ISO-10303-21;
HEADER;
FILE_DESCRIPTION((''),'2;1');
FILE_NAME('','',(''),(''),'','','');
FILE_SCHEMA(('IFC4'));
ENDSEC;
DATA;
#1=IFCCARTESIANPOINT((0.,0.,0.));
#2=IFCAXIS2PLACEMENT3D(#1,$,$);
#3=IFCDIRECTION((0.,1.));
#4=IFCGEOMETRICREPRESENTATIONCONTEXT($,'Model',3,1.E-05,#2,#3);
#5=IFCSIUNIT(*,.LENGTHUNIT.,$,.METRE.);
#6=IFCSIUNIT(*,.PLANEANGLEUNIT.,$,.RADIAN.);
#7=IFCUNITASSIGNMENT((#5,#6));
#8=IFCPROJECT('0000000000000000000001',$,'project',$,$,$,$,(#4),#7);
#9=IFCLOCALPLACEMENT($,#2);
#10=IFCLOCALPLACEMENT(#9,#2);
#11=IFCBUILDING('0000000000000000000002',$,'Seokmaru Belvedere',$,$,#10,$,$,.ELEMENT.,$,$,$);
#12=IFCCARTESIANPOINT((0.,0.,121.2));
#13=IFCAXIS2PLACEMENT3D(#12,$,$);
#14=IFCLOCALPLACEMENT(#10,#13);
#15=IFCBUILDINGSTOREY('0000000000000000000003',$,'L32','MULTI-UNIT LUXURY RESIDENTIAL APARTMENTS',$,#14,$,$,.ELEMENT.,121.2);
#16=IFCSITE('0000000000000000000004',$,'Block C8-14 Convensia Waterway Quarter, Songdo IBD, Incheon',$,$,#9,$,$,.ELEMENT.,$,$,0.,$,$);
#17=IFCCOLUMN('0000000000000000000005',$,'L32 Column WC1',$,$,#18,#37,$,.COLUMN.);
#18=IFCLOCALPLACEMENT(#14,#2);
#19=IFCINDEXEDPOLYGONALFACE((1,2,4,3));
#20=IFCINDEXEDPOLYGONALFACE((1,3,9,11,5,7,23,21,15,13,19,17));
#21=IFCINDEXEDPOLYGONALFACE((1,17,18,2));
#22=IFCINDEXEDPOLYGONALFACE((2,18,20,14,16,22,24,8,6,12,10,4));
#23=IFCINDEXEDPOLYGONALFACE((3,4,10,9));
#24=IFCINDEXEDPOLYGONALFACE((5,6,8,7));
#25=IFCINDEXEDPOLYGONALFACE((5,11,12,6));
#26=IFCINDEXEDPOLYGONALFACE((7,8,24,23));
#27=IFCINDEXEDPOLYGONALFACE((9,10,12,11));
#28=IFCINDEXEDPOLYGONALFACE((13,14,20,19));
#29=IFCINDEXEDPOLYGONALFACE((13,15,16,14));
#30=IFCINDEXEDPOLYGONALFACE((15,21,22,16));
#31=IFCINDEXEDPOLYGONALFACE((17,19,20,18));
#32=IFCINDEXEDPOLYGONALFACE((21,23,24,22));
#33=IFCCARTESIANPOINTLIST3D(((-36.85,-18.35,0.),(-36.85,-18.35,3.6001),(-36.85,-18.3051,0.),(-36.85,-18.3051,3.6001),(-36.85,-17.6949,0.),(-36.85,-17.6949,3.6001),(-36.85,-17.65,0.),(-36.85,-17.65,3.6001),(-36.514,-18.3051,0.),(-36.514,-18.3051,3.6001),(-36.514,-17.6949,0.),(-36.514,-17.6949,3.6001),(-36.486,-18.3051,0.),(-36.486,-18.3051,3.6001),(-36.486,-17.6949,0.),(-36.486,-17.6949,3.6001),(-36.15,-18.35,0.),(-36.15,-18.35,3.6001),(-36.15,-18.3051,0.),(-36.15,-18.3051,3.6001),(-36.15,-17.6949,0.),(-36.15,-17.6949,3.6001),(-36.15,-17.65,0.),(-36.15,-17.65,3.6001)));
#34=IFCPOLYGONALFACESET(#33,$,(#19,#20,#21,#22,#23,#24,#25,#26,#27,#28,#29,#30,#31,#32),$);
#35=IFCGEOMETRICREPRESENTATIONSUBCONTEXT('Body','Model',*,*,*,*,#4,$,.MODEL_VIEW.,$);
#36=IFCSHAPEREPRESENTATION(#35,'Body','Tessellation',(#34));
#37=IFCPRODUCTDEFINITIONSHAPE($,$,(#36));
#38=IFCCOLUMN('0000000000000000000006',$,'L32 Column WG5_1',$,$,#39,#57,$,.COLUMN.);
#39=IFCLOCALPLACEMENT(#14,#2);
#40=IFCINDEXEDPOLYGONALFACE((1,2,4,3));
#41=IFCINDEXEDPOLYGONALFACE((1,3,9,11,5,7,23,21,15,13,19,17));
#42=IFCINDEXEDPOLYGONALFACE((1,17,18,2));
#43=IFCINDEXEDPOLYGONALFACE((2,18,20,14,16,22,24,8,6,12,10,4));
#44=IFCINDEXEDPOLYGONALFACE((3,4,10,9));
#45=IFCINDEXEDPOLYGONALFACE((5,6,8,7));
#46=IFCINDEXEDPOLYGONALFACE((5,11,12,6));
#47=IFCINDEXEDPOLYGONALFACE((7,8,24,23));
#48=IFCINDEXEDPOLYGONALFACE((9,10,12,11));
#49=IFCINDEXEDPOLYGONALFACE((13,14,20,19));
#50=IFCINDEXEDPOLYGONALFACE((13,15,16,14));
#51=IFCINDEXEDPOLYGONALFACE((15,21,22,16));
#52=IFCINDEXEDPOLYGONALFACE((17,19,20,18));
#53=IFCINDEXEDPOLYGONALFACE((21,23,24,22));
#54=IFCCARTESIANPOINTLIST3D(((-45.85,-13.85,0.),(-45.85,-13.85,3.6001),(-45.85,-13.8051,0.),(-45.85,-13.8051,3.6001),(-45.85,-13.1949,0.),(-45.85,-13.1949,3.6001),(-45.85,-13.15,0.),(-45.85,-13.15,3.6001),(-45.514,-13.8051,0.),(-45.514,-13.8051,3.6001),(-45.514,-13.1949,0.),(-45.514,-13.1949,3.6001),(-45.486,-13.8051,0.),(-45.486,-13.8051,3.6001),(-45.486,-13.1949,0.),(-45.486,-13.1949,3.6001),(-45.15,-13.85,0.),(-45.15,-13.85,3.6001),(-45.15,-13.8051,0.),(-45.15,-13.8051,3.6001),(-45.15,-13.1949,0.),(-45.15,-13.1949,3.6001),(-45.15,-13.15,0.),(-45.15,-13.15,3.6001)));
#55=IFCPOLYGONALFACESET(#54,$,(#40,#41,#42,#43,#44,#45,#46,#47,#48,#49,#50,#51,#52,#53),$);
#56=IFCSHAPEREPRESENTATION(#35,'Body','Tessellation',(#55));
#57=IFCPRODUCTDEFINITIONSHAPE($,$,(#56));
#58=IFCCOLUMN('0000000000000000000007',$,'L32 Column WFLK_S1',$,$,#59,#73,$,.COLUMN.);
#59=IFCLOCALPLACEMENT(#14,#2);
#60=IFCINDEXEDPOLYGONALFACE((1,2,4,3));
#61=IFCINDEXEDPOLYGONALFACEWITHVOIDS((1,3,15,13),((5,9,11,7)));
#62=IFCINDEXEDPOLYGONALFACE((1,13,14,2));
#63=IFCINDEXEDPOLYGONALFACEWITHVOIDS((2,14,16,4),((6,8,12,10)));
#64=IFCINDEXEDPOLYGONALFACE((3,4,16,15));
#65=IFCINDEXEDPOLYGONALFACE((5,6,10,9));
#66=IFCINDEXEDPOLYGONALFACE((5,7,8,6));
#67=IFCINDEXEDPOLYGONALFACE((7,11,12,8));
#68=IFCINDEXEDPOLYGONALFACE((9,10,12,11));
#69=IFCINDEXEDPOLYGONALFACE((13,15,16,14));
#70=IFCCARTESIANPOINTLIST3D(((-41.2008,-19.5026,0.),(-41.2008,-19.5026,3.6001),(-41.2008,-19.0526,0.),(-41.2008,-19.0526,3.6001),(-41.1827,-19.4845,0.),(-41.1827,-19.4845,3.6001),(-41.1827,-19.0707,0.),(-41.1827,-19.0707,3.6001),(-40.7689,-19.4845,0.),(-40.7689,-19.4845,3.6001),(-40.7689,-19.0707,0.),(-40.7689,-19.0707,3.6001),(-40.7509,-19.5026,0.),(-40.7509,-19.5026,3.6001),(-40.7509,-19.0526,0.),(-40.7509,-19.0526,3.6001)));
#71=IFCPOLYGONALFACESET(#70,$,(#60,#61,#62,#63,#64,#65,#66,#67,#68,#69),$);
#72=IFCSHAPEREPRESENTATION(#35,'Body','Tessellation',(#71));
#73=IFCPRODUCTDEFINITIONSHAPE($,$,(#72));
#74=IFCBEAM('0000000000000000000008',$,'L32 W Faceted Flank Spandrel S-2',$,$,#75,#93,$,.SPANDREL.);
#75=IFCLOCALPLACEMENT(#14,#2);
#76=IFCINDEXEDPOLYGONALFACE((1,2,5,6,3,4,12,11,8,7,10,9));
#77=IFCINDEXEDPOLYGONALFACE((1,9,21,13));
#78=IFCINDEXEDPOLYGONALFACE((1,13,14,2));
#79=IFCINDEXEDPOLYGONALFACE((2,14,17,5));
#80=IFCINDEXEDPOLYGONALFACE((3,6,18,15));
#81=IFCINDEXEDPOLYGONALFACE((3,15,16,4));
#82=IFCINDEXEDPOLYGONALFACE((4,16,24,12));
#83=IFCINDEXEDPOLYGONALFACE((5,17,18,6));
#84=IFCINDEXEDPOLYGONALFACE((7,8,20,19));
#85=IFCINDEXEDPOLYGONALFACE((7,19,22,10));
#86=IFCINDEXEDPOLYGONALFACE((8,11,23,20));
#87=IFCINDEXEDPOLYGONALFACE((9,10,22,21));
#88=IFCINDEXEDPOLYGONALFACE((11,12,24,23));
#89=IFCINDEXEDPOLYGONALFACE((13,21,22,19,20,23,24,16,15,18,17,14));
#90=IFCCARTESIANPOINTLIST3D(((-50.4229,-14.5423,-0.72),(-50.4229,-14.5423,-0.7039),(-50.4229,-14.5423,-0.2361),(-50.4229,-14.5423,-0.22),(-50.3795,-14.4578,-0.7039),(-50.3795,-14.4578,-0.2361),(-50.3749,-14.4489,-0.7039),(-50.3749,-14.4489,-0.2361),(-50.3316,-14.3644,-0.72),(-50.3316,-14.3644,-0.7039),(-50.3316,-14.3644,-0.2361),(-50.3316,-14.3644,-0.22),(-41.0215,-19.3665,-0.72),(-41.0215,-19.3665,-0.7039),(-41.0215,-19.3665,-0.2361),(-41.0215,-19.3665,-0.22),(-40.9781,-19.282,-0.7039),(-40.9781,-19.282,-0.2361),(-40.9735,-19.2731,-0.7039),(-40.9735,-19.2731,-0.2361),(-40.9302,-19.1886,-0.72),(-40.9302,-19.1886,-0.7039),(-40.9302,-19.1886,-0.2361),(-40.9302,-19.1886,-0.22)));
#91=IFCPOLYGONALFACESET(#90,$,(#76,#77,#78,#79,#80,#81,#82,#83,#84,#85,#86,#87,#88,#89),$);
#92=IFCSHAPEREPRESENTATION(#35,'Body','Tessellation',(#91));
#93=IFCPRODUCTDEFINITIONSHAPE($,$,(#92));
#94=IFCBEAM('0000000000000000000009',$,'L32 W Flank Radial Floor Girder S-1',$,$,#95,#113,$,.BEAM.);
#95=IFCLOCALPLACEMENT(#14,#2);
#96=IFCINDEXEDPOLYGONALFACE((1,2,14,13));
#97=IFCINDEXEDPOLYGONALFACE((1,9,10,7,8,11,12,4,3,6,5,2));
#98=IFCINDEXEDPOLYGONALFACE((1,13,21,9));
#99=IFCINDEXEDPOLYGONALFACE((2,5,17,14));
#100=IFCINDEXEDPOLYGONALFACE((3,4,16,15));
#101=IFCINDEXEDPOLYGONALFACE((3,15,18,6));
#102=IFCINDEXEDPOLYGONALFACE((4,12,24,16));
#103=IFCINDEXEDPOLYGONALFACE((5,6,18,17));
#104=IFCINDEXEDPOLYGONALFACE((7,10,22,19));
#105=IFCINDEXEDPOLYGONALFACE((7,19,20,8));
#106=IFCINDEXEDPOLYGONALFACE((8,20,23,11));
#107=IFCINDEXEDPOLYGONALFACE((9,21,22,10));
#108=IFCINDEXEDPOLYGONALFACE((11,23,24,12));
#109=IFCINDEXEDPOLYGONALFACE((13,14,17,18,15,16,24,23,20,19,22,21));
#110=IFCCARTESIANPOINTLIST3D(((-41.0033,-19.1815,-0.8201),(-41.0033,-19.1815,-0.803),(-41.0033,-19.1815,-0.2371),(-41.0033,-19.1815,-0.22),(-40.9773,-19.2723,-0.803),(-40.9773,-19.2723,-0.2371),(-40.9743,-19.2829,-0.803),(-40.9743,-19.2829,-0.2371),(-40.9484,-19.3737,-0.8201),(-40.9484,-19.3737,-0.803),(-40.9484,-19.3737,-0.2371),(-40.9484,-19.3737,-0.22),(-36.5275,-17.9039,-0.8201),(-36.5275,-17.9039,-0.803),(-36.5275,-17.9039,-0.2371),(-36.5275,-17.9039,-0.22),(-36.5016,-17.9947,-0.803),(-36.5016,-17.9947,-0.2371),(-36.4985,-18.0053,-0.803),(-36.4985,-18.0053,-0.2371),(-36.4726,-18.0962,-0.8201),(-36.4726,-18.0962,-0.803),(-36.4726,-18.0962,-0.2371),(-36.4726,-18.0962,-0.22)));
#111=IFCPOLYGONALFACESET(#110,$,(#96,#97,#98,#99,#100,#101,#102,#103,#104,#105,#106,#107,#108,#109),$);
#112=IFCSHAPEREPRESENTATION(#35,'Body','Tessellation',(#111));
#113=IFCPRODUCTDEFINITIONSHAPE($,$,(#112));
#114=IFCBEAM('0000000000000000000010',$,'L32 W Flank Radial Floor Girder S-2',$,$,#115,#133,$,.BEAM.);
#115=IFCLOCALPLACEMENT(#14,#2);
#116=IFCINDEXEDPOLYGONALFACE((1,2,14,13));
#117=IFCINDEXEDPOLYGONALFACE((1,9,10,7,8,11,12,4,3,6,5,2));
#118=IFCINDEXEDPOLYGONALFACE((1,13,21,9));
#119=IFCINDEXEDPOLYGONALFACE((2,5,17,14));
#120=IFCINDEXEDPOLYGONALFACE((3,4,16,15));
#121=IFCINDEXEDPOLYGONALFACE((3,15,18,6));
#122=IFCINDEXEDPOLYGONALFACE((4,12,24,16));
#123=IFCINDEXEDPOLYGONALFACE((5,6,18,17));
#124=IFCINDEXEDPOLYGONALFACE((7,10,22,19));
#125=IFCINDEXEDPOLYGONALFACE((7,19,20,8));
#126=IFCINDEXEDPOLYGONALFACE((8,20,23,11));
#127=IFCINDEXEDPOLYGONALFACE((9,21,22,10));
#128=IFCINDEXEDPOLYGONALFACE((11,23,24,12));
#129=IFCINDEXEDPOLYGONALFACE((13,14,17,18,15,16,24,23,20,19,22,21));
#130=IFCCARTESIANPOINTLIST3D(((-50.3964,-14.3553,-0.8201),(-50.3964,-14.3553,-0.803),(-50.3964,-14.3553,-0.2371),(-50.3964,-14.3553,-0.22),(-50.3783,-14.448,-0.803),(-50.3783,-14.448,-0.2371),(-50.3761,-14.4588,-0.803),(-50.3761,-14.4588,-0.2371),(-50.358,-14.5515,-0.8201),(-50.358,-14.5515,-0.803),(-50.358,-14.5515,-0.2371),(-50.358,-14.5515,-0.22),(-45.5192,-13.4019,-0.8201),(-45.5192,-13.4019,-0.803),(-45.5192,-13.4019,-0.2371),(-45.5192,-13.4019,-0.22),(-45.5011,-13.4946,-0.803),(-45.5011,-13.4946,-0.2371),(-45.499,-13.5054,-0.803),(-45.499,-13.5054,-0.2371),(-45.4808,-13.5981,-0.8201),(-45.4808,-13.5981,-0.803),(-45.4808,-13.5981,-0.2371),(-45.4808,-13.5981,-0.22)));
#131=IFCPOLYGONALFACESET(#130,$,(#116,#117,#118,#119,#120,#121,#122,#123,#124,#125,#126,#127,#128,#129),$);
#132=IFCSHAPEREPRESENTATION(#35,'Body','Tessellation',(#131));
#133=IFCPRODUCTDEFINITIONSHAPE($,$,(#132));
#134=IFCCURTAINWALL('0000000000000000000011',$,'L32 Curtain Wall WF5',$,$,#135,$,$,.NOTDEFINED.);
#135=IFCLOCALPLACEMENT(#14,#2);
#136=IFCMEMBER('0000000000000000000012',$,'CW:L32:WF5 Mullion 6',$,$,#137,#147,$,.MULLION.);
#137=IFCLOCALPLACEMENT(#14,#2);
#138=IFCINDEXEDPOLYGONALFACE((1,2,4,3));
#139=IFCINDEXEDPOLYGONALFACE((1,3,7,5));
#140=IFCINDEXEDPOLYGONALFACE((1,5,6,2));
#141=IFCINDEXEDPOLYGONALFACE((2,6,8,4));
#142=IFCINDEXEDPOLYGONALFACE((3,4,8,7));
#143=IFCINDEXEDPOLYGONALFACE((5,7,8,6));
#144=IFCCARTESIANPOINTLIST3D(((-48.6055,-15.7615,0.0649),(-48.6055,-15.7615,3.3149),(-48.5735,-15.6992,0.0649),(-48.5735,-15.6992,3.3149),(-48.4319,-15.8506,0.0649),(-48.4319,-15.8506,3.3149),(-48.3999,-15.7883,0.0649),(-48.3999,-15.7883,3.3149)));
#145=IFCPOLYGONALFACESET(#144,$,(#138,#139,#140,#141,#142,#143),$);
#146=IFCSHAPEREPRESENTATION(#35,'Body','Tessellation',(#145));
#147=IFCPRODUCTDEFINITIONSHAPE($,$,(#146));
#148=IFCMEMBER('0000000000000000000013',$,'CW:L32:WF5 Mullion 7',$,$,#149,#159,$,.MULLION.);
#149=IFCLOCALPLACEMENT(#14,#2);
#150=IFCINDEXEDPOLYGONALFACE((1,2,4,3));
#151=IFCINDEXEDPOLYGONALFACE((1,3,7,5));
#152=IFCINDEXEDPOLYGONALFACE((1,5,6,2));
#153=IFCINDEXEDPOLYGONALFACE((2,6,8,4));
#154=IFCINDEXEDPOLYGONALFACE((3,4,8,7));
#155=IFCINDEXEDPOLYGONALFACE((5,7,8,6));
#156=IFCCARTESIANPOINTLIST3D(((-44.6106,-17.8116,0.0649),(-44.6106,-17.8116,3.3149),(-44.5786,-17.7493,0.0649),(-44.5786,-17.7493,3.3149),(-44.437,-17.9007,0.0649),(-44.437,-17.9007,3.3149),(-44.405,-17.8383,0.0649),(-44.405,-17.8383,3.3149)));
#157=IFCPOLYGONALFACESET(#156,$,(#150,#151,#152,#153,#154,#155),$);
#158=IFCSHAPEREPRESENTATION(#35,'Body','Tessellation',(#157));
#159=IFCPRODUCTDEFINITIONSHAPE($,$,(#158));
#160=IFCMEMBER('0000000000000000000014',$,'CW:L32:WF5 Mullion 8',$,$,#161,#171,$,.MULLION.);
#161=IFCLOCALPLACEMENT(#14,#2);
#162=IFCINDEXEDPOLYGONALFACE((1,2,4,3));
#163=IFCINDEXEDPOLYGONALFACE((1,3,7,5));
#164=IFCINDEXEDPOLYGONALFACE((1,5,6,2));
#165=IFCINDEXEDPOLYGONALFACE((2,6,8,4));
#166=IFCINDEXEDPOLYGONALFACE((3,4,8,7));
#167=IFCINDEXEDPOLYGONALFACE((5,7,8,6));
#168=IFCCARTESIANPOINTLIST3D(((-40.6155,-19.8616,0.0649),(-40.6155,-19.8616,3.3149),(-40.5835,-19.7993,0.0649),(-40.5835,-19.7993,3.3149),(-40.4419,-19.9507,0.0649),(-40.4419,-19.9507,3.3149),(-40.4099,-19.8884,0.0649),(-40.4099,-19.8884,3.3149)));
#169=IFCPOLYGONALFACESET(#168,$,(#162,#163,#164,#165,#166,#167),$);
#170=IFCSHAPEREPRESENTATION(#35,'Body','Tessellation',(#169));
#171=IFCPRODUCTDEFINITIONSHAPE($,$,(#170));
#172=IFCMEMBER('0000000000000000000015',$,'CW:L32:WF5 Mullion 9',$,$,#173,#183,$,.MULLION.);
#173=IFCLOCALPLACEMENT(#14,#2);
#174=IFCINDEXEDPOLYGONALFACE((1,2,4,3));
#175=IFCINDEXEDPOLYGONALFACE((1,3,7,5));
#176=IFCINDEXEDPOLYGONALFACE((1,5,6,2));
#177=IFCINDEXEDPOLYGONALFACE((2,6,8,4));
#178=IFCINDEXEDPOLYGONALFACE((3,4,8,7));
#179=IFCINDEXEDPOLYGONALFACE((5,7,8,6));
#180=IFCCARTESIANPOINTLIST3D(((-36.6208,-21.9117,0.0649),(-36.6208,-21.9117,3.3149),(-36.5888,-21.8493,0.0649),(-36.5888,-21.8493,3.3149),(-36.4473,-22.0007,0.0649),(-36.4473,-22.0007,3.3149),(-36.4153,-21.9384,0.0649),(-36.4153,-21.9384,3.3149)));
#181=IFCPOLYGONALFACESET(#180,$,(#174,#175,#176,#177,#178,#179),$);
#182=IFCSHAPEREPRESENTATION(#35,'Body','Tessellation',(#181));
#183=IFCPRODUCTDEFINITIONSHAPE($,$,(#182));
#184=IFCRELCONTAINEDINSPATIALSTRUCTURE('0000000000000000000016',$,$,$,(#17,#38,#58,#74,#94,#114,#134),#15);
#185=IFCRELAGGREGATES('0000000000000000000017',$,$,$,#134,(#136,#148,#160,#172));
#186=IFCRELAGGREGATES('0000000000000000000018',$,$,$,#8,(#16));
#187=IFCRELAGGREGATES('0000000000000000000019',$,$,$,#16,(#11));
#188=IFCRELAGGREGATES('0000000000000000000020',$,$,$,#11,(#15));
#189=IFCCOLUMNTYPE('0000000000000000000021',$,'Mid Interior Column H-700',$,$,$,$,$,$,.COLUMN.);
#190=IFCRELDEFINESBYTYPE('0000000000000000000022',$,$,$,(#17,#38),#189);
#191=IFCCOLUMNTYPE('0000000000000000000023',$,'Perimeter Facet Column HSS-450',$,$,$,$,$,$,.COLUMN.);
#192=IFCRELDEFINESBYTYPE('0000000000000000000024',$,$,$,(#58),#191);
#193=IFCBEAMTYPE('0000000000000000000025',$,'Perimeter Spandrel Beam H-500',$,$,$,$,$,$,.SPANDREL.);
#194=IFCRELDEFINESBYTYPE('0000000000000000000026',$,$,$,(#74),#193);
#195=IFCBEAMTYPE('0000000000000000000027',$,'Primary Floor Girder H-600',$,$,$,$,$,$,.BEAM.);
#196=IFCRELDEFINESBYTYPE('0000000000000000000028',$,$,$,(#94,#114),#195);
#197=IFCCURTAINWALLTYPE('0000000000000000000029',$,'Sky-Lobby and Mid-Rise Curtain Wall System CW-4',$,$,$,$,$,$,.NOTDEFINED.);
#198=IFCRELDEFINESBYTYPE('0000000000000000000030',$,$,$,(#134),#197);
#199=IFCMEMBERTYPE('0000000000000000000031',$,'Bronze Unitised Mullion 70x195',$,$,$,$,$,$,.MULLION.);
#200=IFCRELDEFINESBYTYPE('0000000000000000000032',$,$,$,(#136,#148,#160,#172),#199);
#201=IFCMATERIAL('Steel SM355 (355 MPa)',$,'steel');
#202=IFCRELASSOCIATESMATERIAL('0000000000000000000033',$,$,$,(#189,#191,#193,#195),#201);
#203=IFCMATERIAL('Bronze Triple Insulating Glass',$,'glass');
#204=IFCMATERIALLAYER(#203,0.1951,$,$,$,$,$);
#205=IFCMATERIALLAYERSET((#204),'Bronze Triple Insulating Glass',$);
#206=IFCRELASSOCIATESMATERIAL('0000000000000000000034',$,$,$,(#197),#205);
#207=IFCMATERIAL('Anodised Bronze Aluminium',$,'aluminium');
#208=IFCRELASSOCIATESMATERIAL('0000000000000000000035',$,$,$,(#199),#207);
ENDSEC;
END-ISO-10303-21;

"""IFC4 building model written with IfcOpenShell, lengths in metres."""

from ifc_helpers import new_model, si_unit, direction, frame, origin, origin_2d, place, context, subcontext, project, spatial, rectangle, hollow_rectangle, i_section, extrude, source, transform, mapped, material, layer, layer_set, material_profile, profile_set, type_object, type_shapes, element, aggregate, save


model = new_model("IFC4")

# Units and contexts
model_context = context("Model", 3, precision=1e-05, world=origin(), true_north=direction((0.0, 1.0)))
body_context = subcontext(model_context, "Body", "Model", "MODEL_VIEW")
ifc_project = project(units=[si_unit("LENGTHUNIT", "METRE"), si_unit("PLANEANGLEUNIT", "RADIAN")], contexts=[model_context])

# Site, building, storey
site_placement = place(None, origin())
site = spatial("IfcSite", under=ifc_project, at=site_placement, Name="Block C8-14 Convensia Waterway Quarter, Songdo IBD, Incheon", CompositionType="ELEMENT", RefElevation=0.0)
building_placement = place(site_placement, origin())
building = spatial("IfcBuilding", under=site, at=building_placement, Name="Seokmaru Belvedere", CompositionType="ELEMENT")
storey_placement = place(building_placement, frame((0.0, 0.0, 121.2)))
storey = spatial("IfcBuildingStorey", under=building, at=storey_placement, Name="L32", Description="MULTI-UNIT LUXURY RESIDENTIAL APARTMENTS", CompositionType="ELEMENT", Elevation=121.2)

# Columns
ifc_material_1 = material(Name="Steel SM355 (355 MPa)", Category="steel")
ifc_material_profile_1 = material_profile(ifc_material_1, i_section(OverallWidth=0.7, OverallDepth=0.7, WebThickness=0.0281, FlangeThickness=0.0449, at=origin_2d()), Name="H-700x700x28x45")
ifc_profile_set_1 = profile_set([ifc_material_profile_1], Name="Steel SM355 (355 MPa)")
column_type_1 = type_object("IfcColumnType", Name="Mid Interior Column H-700", PredefinedType="COLUMN", material=ifc_profile_set_1)
shared_shape_1 = source(origin(), body_context, "Body", "SweptSolid", [
    extrude(i_section(OverallWidth=0.7, OverallDepth=0.7, WebThickness=0.0281, FlangeThickness=0.0449, at=origin_2d()), origin(), (0.0, 0.0, 1.0), 3.6001),
])
type_shapes(column_type_1, [shared_shape_1])
for number, where, z_axis, x_axis, name in (
    (1, (-36.5, -18.0, 0.0), (0.0, 0.0, 1.0), (1.0, 0.0, 0.0), "L32 Column WC1"),
    (2, (-45.5, -13.5, 0.0), (0.0, 0.0, 1.0), (1.0, 0.0, 0.0), "L32 Column WG5_1"),
):
    element("IfcColumn", number, at=place(storey_placement, frame(where, z_axis=z_axis, x_axis=x_axis)), inside=storey, type_object=column_type_1, Name=name, PredefinedType="COLUMN", context=body_context, shape_type="MappedRepresentation", body=[
        mapped(shared_shape_1, transform((0.0, 0.0, 0.0), scale=1.0)),
    ])
ifc_material_profile_2 = material_profile(ifc_material_1, hollow_rectangle(XDim=0.45, YDim=0.45, WallThickness=0.0181, at=origin_2d()), Name="HSS-450x450x18")
ifc_profile_set_2 = profile_set([ifc_material_profile_2], Name="Steel SM355 (355 MPa)")
column_type_2 = type_object("IfcColumnType", Name="Perimeter Facet Column HSS-450", PredefinedType="COLUMN", material=ifc_profile_set_2)
shared_shape_2 = source(origin(), body_context, "Body", "SweptSolid", [
    extrude(hollow_rectangle(XDim=0.45, YDim=0.45, WallThickness=0.0181, at=origin_2d()), origin(), (0.0, 0.0, 1.0), 3.6001),
])
type_shapes(column_type_2, [shared_shape_2])
column_placement = place(storey_placement, frame((-40.9758, -19.2776, 0.0), z_axis=(0.0, 0.0, 1.0), x_axis=(1.0, 0.0, 0.0)))
element("IfcColumn", 3, at=column_placement, inside=storey, type_object=column_type_2, Name="L32 Column WFLK_S1", PredefinedType="COLUMN", context=body_context, shape_type="MappedRepresentation", body=[
    mapped(shared_shape_2, transform((0.0, 0.0, 0.0), scale=1.0)),
])

# Beams
ifc_material_profile_3 = material_profile(ifc_material_1, i_section(OverallWidth=0.2, OverallDepth=0.5, WebThickness=0.01, FlangeThickness=0.0161, at=origin_2d()), Name="H-500x200x10x16")
ifc_profile_set_3 = profile_set([ifc_material_profile_3], Name="Steel SM355 (355 MPa)")
beam_type_1 = type_object("IfcBeamType", Name="Perimeter Spandrel Beam H-500", PredefinedType="SPANDREL", material=ifc_profile_set_3)
shared_shape_3 = source(origin(), body_context, "Body", "SweptSolid", [
    extrude(i_section(OverallWidth=0.2, OverallDepth=0.5, WebThickness=0.01, FlangeThickness=0.0161, at=origin_2d()), origin(), (0.0, 0.0, 1.0), 10.5669),
])
type_shapes(beam_type_1, [shared_shape_3])
beam_1_placement = place(storey_placement, frame((-40.9758, -19.2776, -0.47), z_axis=(-0.889702, 0.456542, 0.0), x_axis=(-0.456542, -0.889702, 0.0)))
element("IfcBeam", 4, at=beam_1_placement, inside=storey, type_object=beam_type_1, Name="L32 W Faceted Flank Spandrel S-2", PredefinedType="SPANDREL", context=body_context, shape_type="MappedRepresentation", body=[
    mapped(shared_shape_3, transform((0.0, 0.0, 0.0), scale=1.0)),
])
ifc_material_profile_4 = material_profile(ifc_material_1, i_section(OverallWidth=0.2, OverallDepth=0.6001, WebThickness=0.011, FlangeThickness=0.0171, at=origin_2d()), Name="H-600x200x11x17")
ifc_profile_set_4 = profile_set([ifc_material_profile_4], Name="Steel SM355 (355 MPa)")
beam_type_2 = type_object("IfcBeamType", Name="Primary Floor Girder H-600", PredefinedType="BEAM", material=ifc_profile_set_4)
shared_shape_4 = source(origin(), body_context, "Body", "SweptSolid", [
    extrude(i_section(OverallWidth=0.2, OverallDepth=0.6001, WebThickness=0.011, FlangeThickness=0.0171, at=origin_2d()), origin(), (0.0, 0.0, 1.0), 4.6545),
])
beam_2_placement = place(storey_placement, frame((-40.9758, -19.2776, -0.52), z_axis=(0.961593, 0.274479, 0.0), x_axis=(-0.274479, 0.961593, 0.0)))
element("IfcBeam", 5, at=beam_2_placement, inside=storey, type_object=beam_type_2, Name="L32 W Flank Radial Floor Girder S-1", PredefinedType="BEAM", context=body_context, shape_type="MappedRepresentation", body=[
    mapped(shared_shape_4, transform((0.0, 0.0, 0.0), scale=1.0)),
])
shared_shape_5 = source(origin(), body_context, "Body", "SweptSolid", [
    extrude(i_section(OverallWidth=0.2, OverallDepth=0.6001, WebThickness=0.011, FlangeThickness=0.0171, at=origin_2d()), origin(), (0.0, 0.0, 1.0), 4.9695),
])
type_shapes(beam_type_2, [shared_shape_4, shared_shape_5])
beam_3_placement = place(storey_placement, frame((-50.3772, -14.4534, -0.52), z_axis=(0.981425, 0.191844, 0.0), x_axis=(-0.191844, 0.981425, 0.0)))
element("IfcBeam", 6, at=beam_3_placement, inside=storey, type_object=beam_type_2, Name="L32 W Flank Radial Floor Girder S-2", PredefinedType="BEAM", context=body_context, shape_type="MappedRepresentation", body=[
    mapped(shared_shape_5, transform((0.0, 0.0, 0.0), scale=1.0)),
])

# Curtain wall, members
ifc_material_2 = material(Name="Bronze Triple Insulating Glass", Category="glass")
ifc_layer_1 = layer(ifc_material_2, 0.1951)
ifc_layer_set_1 = layer_set([ifc_layer_1], Name="Bronze Triple Insulating Glass")
curtain_wall_type = type_object("IfcCurtainWallType", Name="Sky-Lobby and Mid-Rise Curtain Wall System CW-4", PredefinedType="NOTDEFINED", material=ifc_layer_set_1)
curtain_wall_placement = place(storey_placement, origin())
curtain_wall = element("IfcCurtainWall", 7, at=curtain_wall_placement, inside=storey, type_object=curtain_wall_type, Name="L32 Curtain Wall WF5", PredefinedType="NOTDEFINED")
ifc_material_3 = material(Name="Anodised Bronze Aluminium", Category="aluminium")
ifc_material_profile_5 = material_profile(ifc_material_3, rectangle(XDim=0.0701, YDim=0.1951, at=origin_2d()), Name="CW-M-70x195")
ifc_profile_set_5 = profile_set([ifc_material_profile_5], Name="Anodised Bronze Aluminium")
member_type = type_object("IfcMemberType", Name="Bronze Unitised Mullion 70x195", PredefinedType="MULLION", material=ifc_profile_set_5)
shared_shape_6 = source(origin(), body_context, "Body", "SweptSolid", [
    extrude(rectangle(XDim=0.0701, YDim=0.1951, at=origin_2d()), origin(), (0.0, 0.0, 1.0), 3.25),
])
type_shapes(member_type, [shared_shape_6])
member_1_placement = place(storey_placement, frame((-48.5027, -15.7749, 0.0649), z_axis=(0.0, 0.0, 1.0), x_axis=(0.456555, 0.889695, 0.0)))
member_1 = element("IfcMember", 8, at=member_1_placement, type_object=member_type, Name="CW:L32:WF5 Mullion 6", PredefinedType="MULLION", context=body_context, shape_type="MappedRepresentation", body=[
    mapped(shared_shape_6, transform((0.0, 0.0, 0.0), scale=1.0)),
])
member_2_placement = place(storey_placement, frame((-44.5078, -17.825, 0.0649), z_axis=(0.0, 0.0, 1.0), x_axis=(0.456555, 0.889695, 0.0)))
member_2 = element("IfcMember", 9, at=member_2_placement, type_object=member_type, Name="CW:L32:WF5 Mullion 7", PredefinedType="MULLION", context=body_context, shape_type="MappedRepresentation", body=[
    mapped(shared_shape_6, transform((0.0, 0.0, 0.0), scale=1.0)),
])
member_3_placement = place(storey_placement, frame((-40.5127, -19.875, 0.0649), z_axis=(0.0, 0.0, 1.0), x_axis=(0.456555, 0.889695, 0.0)))
member_3 = element("IfcMember", 10, at=member_3_placement, type_object=member_type, Name="CW:L32:WF5 Mullion 8", PredefinedType="MULLION", context=body_context, shape_type="MappedRepresentation", body=[
    mapped(shared_shape_6, transform((0.0, 0.0, 0.0), scale=1.0)),
])
member_4_placement = place(storey_placement, frame((-36.5181, -21.925, 0.0649), z_axis=(0.0, 0.0, 1.0), x_axis=(0.456555, 0.889695, 0.0)))
member_4 = element("IfcMember", 11, at=member_4_placement, type_object=member_type, Name="CW:L32:WF5 Mullion 9", PredefinedType="MULLION", context=body_context, shape_type="MappedRepresentation", body=[
    mapped(shared_shape_6, transform((0.0, 0.0, 0.0), scale=1.0)),
])
aggregate(curtain_wall, [member_1, member_2, member_3, member_4])

save(model, "model.ifc")
